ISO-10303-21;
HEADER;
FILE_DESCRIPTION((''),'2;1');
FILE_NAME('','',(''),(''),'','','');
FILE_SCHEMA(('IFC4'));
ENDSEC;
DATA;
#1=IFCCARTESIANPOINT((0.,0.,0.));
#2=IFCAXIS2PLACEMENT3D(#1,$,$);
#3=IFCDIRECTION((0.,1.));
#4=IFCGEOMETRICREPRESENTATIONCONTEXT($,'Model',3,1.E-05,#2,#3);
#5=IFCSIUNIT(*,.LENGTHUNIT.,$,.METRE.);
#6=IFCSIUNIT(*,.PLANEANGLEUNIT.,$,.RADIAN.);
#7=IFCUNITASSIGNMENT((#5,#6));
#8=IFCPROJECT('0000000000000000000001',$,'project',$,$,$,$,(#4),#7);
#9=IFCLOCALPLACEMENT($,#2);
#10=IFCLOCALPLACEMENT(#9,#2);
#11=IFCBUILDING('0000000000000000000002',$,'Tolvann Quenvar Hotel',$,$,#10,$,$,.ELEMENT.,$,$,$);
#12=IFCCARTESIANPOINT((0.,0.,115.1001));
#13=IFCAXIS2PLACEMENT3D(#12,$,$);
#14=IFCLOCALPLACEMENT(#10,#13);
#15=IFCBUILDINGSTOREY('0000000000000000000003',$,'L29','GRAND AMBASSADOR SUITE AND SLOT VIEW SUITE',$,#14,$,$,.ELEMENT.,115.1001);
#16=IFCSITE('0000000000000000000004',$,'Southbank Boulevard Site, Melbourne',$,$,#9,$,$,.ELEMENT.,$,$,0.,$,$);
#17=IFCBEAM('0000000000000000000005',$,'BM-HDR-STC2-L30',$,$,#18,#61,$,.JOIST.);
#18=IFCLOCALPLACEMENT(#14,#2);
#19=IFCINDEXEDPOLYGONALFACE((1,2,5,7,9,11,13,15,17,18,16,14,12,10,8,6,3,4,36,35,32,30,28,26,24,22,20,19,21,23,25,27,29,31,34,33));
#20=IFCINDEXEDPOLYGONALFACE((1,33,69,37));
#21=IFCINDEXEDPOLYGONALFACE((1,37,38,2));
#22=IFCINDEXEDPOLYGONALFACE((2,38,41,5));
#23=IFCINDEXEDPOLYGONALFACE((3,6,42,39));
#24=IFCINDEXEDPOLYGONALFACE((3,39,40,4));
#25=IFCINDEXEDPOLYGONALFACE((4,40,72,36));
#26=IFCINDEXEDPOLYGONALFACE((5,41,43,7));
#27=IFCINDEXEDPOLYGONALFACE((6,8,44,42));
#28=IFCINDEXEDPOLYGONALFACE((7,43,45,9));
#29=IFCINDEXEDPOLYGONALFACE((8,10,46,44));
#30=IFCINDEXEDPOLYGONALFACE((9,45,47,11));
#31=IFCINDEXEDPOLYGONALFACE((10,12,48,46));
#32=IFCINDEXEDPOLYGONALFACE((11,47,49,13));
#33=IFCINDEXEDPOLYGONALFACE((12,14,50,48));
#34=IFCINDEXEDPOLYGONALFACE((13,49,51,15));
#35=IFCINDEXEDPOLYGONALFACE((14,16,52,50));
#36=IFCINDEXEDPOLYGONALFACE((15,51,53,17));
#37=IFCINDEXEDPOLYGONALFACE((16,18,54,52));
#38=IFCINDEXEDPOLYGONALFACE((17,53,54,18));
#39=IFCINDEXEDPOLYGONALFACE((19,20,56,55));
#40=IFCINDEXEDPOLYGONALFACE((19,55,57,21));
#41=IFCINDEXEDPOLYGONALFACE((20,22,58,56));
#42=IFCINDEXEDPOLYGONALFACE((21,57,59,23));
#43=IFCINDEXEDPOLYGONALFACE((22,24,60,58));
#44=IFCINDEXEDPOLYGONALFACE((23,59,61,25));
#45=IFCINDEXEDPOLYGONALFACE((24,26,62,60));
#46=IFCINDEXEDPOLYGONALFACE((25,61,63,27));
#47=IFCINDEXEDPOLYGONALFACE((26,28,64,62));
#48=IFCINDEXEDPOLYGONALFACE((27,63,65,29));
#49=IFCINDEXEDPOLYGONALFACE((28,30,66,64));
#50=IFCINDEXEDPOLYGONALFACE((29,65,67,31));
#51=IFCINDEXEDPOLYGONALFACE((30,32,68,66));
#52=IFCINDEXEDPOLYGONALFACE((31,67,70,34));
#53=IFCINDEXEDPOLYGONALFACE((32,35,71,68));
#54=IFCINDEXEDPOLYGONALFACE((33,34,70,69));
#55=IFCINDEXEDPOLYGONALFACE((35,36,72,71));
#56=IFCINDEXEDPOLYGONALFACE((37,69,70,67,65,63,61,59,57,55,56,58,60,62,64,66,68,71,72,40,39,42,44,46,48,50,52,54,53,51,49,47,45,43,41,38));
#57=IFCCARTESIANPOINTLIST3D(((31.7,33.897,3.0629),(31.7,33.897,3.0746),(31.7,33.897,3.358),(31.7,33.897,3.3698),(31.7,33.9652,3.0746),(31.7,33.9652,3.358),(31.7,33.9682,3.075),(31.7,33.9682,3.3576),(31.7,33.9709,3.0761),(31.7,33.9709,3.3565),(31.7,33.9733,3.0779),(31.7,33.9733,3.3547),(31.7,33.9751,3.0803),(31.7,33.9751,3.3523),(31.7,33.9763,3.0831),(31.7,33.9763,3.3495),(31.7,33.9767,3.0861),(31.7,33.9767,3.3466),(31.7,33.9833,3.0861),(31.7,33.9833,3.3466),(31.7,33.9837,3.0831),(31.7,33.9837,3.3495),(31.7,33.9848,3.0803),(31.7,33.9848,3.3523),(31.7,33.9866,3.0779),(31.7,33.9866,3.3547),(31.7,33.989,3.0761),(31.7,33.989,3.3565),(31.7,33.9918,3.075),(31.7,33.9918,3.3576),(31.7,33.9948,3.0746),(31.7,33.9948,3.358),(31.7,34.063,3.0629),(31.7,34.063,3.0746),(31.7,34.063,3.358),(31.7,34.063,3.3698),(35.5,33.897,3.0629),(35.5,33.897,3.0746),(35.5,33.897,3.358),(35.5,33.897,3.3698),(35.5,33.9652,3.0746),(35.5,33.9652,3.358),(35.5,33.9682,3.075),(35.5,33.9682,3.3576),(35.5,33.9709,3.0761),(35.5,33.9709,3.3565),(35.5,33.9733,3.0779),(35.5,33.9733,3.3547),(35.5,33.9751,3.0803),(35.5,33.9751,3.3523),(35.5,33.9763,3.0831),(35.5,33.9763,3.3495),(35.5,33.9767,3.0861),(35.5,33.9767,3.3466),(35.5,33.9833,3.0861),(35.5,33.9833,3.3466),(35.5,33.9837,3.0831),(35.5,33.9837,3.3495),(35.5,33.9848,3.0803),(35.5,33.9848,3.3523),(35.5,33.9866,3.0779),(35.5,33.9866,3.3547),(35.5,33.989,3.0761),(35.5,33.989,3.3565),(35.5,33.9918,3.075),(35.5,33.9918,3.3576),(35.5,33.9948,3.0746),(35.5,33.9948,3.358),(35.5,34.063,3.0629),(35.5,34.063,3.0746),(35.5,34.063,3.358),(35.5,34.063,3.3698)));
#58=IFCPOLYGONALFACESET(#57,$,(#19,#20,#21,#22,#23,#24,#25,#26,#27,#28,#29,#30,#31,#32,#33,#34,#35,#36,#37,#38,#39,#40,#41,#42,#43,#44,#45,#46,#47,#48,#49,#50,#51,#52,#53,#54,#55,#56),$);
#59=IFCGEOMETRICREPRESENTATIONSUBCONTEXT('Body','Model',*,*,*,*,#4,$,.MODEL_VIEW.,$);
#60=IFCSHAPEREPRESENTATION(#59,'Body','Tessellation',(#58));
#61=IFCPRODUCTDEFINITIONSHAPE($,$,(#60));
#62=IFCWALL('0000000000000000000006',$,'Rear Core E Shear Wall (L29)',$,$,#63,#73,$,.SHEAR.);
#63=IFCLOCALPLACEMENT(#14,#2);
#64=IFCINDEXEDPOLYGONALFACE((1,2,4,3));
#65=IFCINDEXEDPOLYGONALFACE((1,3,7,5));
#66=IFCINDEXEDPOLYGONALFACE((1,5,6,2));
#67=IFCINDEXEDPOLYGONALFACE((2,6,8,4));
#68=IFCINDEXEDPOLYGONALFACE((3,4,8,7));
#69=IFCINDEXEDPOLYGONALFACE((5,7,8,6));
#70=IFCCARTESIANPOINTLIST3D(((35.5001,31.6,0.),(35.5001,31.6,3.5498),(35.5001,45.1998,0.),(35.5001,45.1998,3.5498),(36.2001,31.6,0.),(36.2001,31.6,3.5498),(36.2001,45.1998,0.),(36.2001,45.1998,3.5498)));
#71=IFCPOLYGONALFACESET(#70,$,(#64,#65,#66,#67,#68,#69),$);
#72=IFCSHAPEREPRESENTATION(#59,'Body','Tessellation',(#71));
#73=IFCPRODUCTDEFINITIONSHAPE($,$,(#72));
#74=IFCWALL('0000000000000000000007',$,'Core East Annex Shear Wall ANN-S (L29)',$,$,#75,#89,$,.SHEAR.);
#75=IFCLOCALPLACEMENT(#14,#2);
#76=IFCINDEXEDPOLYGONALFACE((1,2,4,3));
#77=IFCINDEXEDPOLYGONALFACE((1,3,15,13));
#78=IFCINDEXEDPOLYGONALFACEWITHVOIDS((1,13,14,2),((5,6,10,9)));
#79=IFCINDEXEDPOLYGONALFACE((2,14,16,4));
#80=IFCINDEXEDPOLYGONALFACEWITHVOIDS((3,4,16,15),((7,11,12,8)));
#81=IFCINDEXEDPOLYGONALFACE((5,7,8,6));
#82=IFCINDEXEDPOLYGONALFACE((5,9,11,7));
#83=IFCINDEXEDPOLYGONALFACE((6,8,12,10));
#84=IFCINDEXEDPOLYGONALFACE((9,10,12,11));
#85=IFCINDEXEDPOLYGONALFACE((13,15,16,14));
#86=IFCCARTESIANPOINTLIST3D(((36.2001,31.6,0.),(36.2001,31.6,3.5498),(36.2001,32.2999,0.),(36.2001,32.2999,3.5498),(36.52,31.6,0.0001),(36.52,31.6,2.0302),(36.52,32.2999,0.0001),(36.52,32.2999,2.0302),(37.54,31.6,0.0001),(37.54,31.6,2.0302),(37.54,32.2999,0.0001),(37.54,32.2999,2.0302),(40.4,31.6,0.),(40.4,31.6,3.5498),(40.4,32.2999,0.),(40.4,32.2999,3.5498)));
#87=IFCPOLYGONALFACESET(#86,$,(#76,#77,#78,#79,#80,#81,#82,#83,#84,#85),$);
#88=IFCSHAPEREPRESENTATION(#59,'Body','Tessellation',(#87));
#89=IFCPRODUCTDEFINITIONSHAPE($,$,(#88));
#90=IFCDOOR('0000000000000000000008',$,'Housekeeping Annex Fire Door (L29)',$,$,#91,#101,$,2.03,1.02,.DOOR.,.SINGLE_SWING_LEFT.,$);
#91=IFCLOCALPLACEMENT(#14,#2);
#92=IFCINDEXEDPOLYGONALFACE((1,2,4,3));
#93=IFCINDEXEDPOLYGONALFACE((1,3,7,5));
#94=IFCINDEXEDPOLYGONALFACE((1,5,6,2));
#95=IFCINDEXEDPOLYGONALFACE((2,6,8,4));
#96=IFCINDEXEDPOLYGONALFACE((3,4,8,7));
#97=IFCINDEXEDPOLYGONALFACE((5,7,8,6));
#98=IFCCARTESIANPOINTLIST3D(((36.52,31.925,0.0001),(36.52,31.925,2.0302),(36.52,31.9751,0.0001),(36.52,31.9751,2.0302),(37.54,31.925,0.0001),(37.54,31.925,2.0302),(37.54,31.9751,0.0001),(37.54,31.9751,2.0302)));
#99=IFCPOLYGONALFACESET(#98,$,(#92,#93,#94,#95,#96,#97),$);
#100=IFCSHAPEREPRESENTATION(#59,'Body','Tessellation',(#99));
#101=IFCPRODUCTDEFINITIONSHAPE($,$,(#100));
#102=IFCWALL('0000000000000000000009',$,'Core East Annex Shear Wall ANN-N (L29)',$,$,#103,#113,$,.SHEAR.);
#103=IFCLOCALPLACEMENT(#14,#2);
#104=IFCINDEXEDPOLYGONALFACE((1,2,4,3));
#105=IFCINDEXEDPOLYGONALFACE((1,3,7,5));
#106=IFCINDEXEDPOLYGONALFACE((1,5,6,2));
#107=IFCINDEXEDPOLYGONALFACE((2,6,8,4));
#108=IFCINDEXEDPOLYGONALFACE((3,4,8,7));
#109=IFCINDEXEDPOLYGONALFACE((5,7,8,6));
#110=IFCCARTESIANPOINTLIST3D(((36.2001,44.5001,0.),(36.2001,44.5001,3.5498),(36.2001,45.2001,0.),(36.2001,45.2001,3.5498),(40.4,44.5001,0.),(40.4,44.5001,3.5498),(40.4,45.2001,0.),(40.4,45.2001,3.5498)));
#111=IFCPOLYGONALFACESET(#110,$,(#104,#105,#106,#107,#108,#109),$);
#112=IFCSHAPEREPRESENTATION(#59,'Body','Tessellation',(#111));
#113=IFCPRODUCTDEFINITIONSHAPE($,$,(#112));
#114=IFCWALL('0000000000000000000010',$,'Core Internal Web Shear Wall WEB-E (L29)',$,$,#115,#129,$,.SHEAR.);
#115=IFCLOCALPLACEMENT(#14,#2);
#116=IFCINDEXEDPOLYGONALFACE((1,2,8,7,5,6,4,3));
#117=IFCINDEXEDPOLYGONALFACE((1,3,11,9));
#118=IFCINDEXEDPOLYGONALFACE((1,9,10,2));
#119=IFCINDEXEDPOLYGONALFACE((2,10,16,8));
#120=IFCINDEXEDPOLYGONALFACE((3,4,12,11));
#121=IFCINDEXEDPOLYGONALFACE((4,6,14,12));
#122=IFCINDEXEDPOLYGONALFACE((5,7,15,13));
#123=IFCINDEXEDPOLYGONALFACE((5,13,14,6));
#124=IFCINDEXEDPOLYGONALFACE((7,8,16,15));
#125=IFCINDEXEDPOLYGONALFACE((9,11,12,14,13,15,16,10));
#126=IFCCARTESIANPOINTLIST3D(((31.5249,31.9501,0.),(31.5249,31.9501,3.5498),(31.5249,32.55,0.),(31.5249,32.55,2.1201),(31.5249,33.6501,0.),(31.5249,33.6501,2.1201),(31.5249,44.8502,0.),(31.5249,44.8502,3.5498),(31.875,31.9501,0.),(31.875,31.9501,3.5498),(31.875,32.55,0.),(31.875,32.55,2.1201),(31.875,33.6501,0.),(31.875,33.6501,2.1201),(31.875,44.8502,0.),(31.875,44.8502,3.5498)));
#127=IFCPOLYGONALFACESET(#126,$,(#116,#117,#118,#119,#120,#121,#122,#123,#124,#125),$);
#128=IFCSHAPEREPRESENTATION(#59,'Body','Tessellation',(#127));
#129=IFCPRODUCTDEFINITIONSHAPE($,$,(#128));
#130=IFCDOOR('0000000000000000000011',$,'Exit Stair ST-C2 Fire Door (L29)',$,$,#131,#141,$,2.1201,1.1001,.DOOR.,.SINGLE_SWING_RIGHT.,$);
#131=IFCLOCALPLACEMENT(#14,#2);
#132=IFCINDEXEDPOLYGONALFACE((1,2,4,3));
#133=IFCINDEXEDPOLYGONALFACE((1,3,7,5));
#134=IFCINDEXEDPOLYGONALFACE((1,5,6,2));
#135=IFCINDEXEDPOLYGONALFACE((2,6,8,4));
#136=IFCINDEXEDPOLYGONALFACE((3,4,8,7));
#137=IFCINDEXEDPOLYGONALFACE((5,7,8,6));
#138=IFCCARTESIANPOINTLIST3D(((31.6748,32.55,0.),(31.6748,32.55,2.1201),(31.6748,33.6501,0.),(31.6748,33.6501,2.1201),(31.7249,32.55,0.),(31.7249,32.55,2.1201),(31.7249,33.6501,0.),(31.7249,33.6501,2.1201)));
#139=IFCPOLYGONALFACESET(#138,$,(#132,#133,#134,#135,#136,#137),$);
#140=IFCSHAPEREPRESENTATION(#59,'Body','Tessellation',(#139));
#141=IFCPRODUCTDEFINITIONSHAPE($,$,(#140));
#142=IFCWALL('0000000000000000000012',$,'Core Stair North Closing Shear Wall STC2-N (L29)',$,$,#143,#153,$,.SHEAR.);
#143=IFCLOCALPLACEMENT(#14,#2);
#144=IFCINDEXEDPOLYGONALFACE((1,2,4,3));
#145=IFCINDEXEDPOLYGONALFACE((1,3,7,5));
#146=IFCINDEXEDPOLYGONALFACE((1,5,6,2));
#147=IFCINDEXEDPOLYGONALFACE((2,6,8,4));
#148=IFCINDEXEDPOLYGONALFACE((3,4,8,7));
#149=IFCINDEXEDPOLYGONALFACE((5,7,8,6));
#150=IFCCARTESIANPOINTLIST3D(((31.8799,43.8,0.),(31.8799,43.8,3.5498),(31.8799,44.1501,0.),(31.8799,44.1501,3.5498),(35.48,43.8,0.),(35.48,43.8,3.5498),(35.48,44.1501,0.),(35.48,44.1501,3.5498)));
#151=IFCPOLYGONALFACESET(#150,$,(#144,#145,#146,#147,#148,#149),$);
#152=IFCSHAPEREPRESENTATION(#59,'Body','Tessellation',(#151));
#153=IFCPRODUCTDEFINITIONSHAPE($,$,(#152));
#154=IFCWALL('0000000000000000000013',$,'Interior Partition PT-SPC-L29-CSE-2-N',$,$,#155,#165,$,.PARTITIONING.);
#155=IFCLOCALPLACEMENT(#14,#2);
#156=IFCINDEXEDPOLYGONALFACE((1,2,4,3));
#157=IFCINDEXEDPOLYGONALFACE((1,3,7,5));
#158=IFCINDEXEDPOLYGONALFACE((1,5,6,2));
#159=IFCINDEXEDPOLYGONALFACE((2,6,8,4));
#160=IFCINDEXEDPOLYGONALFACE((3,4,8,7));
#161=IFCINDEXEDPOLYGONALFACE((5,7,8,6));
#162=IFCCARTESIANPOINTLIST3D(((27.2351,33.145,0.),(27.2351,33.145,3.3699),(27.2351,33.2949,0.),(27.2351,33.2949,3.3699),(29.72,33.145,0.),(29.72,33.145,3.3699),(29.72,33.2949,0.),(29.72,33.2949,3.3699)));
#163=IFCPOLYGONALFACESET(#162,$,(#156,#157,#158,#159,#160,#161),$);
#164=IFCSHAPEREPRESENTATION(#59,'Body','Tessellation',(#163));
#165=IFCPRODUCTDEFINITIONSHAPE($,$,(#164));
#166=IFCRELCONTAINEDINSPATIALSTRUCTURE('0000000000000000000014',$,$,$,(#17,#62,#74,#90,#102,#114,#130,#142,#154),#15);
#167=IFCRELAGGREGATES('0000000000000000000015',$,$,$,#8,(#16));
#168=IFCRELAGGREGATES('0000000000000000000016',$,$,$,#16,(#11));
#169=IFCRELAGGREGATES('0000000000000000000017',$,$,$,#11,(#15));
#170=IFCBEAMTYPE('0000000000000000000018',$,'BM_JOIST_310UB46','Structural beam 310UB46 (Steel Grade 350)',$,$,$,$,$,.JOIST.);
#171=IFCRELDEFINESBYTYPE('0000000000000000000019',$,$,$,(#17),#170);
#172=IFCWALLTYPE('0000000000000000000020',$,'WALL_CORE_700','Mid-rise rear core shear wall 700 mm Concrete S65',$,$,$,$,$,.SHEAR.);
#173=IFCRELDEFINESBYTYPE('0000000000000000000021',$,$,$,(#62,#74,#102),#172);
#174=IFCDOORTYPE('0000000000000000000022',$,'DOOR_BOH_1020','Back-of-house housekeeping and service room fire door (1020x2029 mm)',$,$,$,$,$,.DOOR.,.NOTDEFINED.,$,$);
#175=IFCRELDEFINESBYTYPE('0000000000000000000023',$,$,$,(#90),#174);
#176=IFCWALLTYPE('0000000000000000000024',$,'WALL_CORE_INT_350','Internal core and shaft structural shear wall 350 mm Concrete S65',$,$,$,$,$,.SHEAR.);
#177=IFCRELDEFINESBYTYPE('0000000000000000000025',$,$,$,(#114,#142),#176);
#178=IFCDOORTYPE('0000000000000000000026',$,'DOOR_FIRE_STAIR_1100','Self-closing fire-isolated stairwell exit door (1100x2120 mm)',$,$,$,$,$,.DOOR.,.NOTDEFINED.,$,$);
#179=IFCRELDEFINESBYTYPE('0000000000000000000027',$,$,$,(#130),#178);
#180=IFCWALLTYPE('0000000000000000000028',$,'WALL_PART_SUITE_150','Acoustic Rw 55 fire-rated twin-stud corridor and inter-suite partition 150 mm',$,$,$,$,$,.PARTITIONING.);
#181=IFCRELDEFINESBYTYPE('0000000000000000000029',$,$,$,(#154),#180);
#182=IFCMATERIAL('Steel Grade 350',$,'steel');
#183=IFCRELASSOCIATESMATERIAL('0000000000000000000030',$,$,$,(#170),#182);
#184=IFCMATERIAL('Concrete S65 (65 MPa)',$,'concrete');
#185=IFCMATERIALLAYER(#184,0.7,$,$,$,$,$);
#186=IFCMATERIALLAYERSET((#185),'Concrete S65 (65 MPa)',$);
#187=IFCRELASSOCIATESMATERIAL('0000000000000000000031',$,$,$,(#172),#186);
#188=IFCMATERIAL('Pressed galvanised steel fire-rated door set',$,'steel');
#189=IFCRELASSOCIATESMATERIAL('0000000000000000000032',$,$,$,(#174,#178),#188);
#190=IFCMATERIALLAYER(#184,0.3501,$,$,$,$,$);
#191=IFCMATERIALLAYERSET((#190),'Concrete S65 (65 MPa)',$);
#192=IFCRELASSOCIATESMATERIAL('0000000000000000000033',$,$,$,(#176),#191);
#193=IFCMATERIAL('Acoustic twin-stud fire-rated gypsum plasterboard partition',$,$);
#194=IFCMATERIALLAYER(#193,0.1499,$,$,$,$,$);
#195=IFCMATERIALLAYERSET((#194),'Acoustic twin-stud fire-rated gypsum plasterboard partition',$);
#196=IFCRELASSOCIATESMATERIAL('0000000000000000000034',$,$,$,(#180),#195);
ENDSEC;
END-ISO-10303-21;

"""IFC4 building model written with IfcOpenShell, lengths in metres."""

from ifc_helpers import new_model, si_unit, direction, frame, frame_2d, origin, origin_2d, place, context, subcontext, project, spatial, rectangle, i_section, extrude, source, transform, mapped, material, layer, layer_set, material_profile, profile_set, type_object, type_shapes, element, fill, save


model = new_model("IFC4")

# Units and contexts
model_context = context("Model", 3, precision=1e-05, world=origin(), true_north=direction((0.0, 1.0)))
body_context = subcontext(model_context, "Body", "Model", "MODEL_VIEW")
ifc_project = project(units=[si_unit("LENGTHUNIT", "METRE"), si_unit("PLANEANGLEUNIT", "RADIAN")], contexts=[model_context])

# Site, building, storey
site_placement = place(None, origin())
site = spatial("IfcSite", under=ifc_project, at=site_placement, Name="Southbank Boulevard Site, Melbourne", CompositionType="ELEMENT", RefElevation=0.0)
building_placement = place(site_placement, origin())
building = spatial("IfcBuilding", under=site, at=building_placement, Name="Tolvann Quenvar Hotel", CompositionType="ELEMENT")
storey_placement = place(building_placement, frame((0.0, 0.0, 115.1001)))
storey = spatial("IfcBuildingStorey", under=building, at=storey_placement, Name="L29", Description="GRAND AMBASSADOR SUITE AND SLOT VIEW SUITE", CompositionType="ELEMENT", Elevation=115.1001)

# Beam
ifc_material_1 = material(Name="Steel Grade 350", Category="steel")
ifc_material_profile = material_profile(ifc_material_1, i_section(OverallWidth=0.166, OverallDepth=0.3069, WebThickness=0.0066, FlangeThickness=0.0117, FilletRadius=0.0115, at=origin_2d()), Name="310UB46")
ifc_profile_set = profile_set([ifc_material_profile], Name="Steel Grade 350")
beam_type = type_object("IfcBeamType", Name="BM_JOIST_310UB46", Description="Structural beam 310UB46 (Steel Grade 350)", PredefinedType="JOIST", material=ifc_profile_set)
shared_shape_1 = source(origin(), body_context, "Body", "SweptSolid", [
    extrude(i_section(OverallWidth=0.166, OverallDepth=0.3069, WebThickness=0.0066, FlangeThickness=0.0117, FilletRadius=0.0115, at=origin_2d()), origin(), (0.0, 0.0, 1.0), 3.8),
])
type_shapes(beam_type, [shared_shape_1])
beam_placement = place(storey_placement, frame((31.7, 33.98, 3.2163), z_axis=(1.0, 0.0, 0.0), x_axis=(0.0, 1.0, 0.0)))
element("IfcBeam", 1, at=beam_placement, inside=storey, type_object=beam_type, Name="BM-HDR-STC2-L30", PredefinedType="JOIST", context=body_context, shape_type="MappedRepresentation", body=[
    mapped(shared_shape_1, transform((0.0, 0.0, 0.0), x_axis=(1.0, 0.0, 0.0), y_axis=(0.0, 1.0, 0.0), z_axis=(0.0, 0.0, 1.0), scale=1.0)),
])

# Wall
ifc_material_2 = material(Name="Concrete S65 (65 MPa)", Category="concrete")
ifc_layer_1 = layer(ifc_material_2, 0.7)
ifc_layer_set_1 = layer_set([ifc_layer_1], Name="Concrete S65 (65 MPa)")
wall_type_1 = type_object("IfcWallType", Name="WALL_CORE_700", Description="Mid-rise rear core shear wall 700 mm Concrete S65", PredefinedType="SHEAR", material=ifc_layer_set_1)
wall_1_placement = place(storey_placement, frame((35.8501, 31.6001, 0.0), z_axis=(0.0, 0.0, 1.0), x_axis=(0.0, 1.0, 0.0)))
element("IfcWall", 2, at=wall_1_placement, inside=storey, type_object=wall_type_1, Name="Rear Core E Shear Wall (L29)", PredefinedType="SHEAR", context=body_context, shape_type="SweptSolid", body=[
    extrude(rectangle(XDim=13.5999, YDim=0.7, at=frame_2d((6.7998, 0.0))), origin(), (0.0, 0.0, 1.0), 3.5498),
])

# Wall, opening, door
wall_2_placement = place(storey_placement, frame((36.2, 31.95, 0.0), z_axis=(0.0, 0.0, 1.0), x_axis=(1.0, 0.0, 0.0)))
wall_2 = element("IfcWall", 3, at=wall_2_placement, inside=storey, type_object=wall_type_1, Name="Core East Annex Shear Wall ANN-S (L29)", PredefinedType="SHEAR", context=body_context, shape_type="SweptSolid", body=[
    extrude(rectangle(XDim=4.2, YDim=0.7, at=frame_2d((2.1001, 0.0))), origin(), (0.0, 0.0, 1.0), 3.5498),
])
opening_1_placement = place(wall_2_placement, frame((1.3401, 0.0, 0.0), z_axis=(0.0, 0.0, 1.0), x_axis=(-1.0, 0.0, 0.0)))
opening_1 = element("IfcOpeningElement", 4, at=opening_1_placement, cuts=wall_2, PredefinedType="OPENING", context=body_context, shape_type="SweptSolid", body=[
    extrude(rectangle(XDim=1.02, YDim=2.03, at=frame_2d((0.51, 1.0151))), frame((0.0, 0.3599, 0.0), z_axis=(0.0, -1.0, 0.0), x_axis=(1.0, 0.0, 0.0)), (0.0, 0.0, 1.0), 0.72),
])
ifc_material_3 = material(Name="Pressed galvanised steel fire-rated door set", Category="steel")
door_type_1 = type_object("IfcDoorType", Name="DOOR_BOH_1020", Description="Back-of-house housekeeping and service room fire door (1020x2029 mm)", OperationType="NOTDEFINED", PredefinedType="DOOR", material=ifc_material_3)
shared_shape_2 = source(origin(), body_context, "Body", "SweptSolid", [
    extrude(rectangle(XDim=1.02, YDim=2.03, at=frame_2d((0.51, 1.0151))), frame((0.0, 0.0249, 0.0), z_axis=(0.0, -1.0, 0.0), x_axis=(1.0, 0.0, 0.0)), (0.0, 0.0, 1.0), 0.05),
])
type_shapes(door_type_1, [shared_shape_2])
door_1_placement = place(opening_1_placement, origin())
door_1 = element("IfcDoor", 5, at=door_1_placement, inside=storey, type_object=door_type_1, Name="Housekeeping Annex Fire Door (L29)", OperationType="SINGLE_SWING_LEFT", OverallHeight=2.03, OverallWidth=1.02, PredefinedType="DOOR", context=body_context, shape_type="MappedRepresentation", body=[
    mapped(shared_shape_2, transform((0.0, 0.0, 0.0), x_axis=(1.0, 0.0, 0.0), y_axis=(0.0, 1.0, 0.0), z_axis=(0.0, 0.0, 1.0), scale=1.0)),
])
fill(opening_1, door_1)

# Wall
wall_3_placement = place(storey_placement, frame((36.2, 44.8501, 0.0), z_axis=(0.0, 0.0, 1.0), x_axis=(1.0, 0.0, 0.0)))
element("IfcWall", 6, at=wall_3_placement, inside=storey, type_object=wall_type_1, Name="Core East Annex Shear Wall ANN-N (L29)", PredefinedType="SHEAR", context=body_context, shape_type="SweptSolid", body=[
    extrude(rectangle(XDim=4.2, YDim=0.7, at=frame_2d((2.1001, 0.0))), origin(), (0.0, 0.0, 1.0), 3.5498),
])

# Wall, opening, door
ifc_layer_2 = layer(ifc_material_2, 0.3501)
ifc_layer_set_2 = layer_set([ifc_layer_2], Name="Concrete S65 (65 MPa)")
wall_type_2 = type_object("IfcWallType", Name="WALL_CORE_INT_350", Description="Internal core and shaft structural shear wall 350 mm Concrete S65", PredefinedType="SHEAR", material=ifc_layer_set_2)
wall_4_placement = place(storey_placement, frame((31.7, 31.95, 0.0), z_axis=(0.0, 0.0, 1.0), x_axis=(0.0, 1.0, 0.0)))
wall_4 = element("IfcWall", 7, at=wall_4_placement, inside=storey, type_object=wall_type_2, Name="Core Internal Web Shear Wall WEB-E (L29)", PredefinedType="SHEAR", context=body_context, shape_type="SweptSolid", body=[
    extrude(rectangle(XDim=12.9001, YDim=0.3501, at=frame_2d((6.4502, 0.0))), origin(), (0.0, 0.0, 1.0), 3.5498),
])
opening_2_placement = place(wall_4_placement, frame((1.7002, 0.0, 0.0), z_axis=(0.0, 0.0, 1.0), x_axis=(-1.0, 0.0, 0.0)))
opening_2 = element("IfcOpeningElement", 8, at=opening_2_placement, cuts=wall_4, PredefinedType="OPENING", context=body_context, shape_type="SweptSolid", body=[
    extrude(rectangle(XDim=1.1001, YDim=2.1201, at=frame_2d((0.55, 1.0601))), frame((0.0, 0.1851, 0.0), z_axis=(0.0, -1.0, 0.0), x_axis=(1.0, 0.0, 0.0)), (0.0, 0.0, 1.0), 0.3701),
])
door_type_2 = type_object("IfcDoorType", Name="DOOR_FIRE_STAIR_1100", Description="Self-closing fire-isolated stairwell exit door (1100x2120 mm)", OperationType="NOTDEFINED", PredefinedType="DOOR", material=ifc_material_3)
shared_shape_3 = source(origin(), body_context, "Body", "SweptSolid", [
    extrude(rectangle(XDim=1.1001, YDim=2.1201, at=frame_2d((0.55, 1.0601))), frame((0.0, 0.0249, 0.0), z_axis=(0.0, -1.0, 0.0), x_axis=(1.0, 0.0, 0.0)), (0.0, 0.0, 1.0), 0.05),
])
type_shapes(door_type_2, [shared_shape_3])
door_2_placement = place(opening_2_placement, origin())
door_2 = element("IfcDoor", 9, at=door_2_placement, inside=storey, type_object=door_type_2, Name="Exit Stair ST-C2 Fire Door (L29)", OperationType="SINGLE_SWING_RIGHT", OverallHeight=2.1201, OverallWidth=1.1001, PredefinedType="DOOR", context=body_context, shape_type="MappedRepresentation", body=[
    mapped(shared_shape_3, transform((0.0, 0.0, 0.0), x_axis=(1.0, 0.0, 0.0), y_axis=(0.0, 1.0, 0.0), z_axis=(0.0, 0.0, 1.0), scale=1.0)),
])
fill(opening_2, door_2)

# Walls
wall_5_placement = place(storey_placement, frame((31.8799, 43.9751, 0.0), z_axis=(0.0, 0.0, 1.0), x_axis=(1.0, 0.0, 0.0)))
element("IfcWall", 10, at=wall_5_placement, inside=storey, type_object=wall_type_2, Name="Core Stair North Closing Shear Wall STC2-N (L29)", PredefinedType="SHEAR", context=body_context, shape_type="SweptSolid", body=[
    extrude(rectangle(XDim=3.6001, YDim=0.3501, at=frame_2d((1.8, 0.0))), origin(), (0.0, 0.0, 1.0), 3.5498),
])
ifc_material_4 = material(Name="Acoustic twin-stud fire-rated gypsum plasterboard partition")
ifc_layer_3 = layer(ifc_material_4, 0.1499)
ifc_layer_set_3 = layer_set([ifc_layer_3], Name="Acoustic twin-stud fire-rated gypsum plasterboard partition")
wall_type_3 = type_object("IfcWallType", Name="WALL_PART_SUITE_150", Description="Acoustic Rw 55 fire-rated twin-stud corridor and inter-suite partition 150 mm", PredefinedType="PARTITIONING", material=ifc_layer_set_3)
wall_6_placement = place(storey_placement, frame((27.2351, 33.22, 0.0), z_axis=(0.0, 0.0, 1.0), x_axis=(1.0, 0.0, 0.0)))
element("IfcWall", 11, at=wall_6_placement, inside=storey, type_object=wall_type_3, Name="Interior Partition PT-SPC-L29-CSE-2-N", PredefinedType="PARTITIONING", context=body_context, shape_type="SweptSolid", body=[
    extrude(rectangle(XDim=2.4849, YDim=0.1499, at=frame_2d((1.2424, 0.0))), origin(), (0.0, 0.0, 1.0), 3.3699),
])

save(model, "model.ifc")
